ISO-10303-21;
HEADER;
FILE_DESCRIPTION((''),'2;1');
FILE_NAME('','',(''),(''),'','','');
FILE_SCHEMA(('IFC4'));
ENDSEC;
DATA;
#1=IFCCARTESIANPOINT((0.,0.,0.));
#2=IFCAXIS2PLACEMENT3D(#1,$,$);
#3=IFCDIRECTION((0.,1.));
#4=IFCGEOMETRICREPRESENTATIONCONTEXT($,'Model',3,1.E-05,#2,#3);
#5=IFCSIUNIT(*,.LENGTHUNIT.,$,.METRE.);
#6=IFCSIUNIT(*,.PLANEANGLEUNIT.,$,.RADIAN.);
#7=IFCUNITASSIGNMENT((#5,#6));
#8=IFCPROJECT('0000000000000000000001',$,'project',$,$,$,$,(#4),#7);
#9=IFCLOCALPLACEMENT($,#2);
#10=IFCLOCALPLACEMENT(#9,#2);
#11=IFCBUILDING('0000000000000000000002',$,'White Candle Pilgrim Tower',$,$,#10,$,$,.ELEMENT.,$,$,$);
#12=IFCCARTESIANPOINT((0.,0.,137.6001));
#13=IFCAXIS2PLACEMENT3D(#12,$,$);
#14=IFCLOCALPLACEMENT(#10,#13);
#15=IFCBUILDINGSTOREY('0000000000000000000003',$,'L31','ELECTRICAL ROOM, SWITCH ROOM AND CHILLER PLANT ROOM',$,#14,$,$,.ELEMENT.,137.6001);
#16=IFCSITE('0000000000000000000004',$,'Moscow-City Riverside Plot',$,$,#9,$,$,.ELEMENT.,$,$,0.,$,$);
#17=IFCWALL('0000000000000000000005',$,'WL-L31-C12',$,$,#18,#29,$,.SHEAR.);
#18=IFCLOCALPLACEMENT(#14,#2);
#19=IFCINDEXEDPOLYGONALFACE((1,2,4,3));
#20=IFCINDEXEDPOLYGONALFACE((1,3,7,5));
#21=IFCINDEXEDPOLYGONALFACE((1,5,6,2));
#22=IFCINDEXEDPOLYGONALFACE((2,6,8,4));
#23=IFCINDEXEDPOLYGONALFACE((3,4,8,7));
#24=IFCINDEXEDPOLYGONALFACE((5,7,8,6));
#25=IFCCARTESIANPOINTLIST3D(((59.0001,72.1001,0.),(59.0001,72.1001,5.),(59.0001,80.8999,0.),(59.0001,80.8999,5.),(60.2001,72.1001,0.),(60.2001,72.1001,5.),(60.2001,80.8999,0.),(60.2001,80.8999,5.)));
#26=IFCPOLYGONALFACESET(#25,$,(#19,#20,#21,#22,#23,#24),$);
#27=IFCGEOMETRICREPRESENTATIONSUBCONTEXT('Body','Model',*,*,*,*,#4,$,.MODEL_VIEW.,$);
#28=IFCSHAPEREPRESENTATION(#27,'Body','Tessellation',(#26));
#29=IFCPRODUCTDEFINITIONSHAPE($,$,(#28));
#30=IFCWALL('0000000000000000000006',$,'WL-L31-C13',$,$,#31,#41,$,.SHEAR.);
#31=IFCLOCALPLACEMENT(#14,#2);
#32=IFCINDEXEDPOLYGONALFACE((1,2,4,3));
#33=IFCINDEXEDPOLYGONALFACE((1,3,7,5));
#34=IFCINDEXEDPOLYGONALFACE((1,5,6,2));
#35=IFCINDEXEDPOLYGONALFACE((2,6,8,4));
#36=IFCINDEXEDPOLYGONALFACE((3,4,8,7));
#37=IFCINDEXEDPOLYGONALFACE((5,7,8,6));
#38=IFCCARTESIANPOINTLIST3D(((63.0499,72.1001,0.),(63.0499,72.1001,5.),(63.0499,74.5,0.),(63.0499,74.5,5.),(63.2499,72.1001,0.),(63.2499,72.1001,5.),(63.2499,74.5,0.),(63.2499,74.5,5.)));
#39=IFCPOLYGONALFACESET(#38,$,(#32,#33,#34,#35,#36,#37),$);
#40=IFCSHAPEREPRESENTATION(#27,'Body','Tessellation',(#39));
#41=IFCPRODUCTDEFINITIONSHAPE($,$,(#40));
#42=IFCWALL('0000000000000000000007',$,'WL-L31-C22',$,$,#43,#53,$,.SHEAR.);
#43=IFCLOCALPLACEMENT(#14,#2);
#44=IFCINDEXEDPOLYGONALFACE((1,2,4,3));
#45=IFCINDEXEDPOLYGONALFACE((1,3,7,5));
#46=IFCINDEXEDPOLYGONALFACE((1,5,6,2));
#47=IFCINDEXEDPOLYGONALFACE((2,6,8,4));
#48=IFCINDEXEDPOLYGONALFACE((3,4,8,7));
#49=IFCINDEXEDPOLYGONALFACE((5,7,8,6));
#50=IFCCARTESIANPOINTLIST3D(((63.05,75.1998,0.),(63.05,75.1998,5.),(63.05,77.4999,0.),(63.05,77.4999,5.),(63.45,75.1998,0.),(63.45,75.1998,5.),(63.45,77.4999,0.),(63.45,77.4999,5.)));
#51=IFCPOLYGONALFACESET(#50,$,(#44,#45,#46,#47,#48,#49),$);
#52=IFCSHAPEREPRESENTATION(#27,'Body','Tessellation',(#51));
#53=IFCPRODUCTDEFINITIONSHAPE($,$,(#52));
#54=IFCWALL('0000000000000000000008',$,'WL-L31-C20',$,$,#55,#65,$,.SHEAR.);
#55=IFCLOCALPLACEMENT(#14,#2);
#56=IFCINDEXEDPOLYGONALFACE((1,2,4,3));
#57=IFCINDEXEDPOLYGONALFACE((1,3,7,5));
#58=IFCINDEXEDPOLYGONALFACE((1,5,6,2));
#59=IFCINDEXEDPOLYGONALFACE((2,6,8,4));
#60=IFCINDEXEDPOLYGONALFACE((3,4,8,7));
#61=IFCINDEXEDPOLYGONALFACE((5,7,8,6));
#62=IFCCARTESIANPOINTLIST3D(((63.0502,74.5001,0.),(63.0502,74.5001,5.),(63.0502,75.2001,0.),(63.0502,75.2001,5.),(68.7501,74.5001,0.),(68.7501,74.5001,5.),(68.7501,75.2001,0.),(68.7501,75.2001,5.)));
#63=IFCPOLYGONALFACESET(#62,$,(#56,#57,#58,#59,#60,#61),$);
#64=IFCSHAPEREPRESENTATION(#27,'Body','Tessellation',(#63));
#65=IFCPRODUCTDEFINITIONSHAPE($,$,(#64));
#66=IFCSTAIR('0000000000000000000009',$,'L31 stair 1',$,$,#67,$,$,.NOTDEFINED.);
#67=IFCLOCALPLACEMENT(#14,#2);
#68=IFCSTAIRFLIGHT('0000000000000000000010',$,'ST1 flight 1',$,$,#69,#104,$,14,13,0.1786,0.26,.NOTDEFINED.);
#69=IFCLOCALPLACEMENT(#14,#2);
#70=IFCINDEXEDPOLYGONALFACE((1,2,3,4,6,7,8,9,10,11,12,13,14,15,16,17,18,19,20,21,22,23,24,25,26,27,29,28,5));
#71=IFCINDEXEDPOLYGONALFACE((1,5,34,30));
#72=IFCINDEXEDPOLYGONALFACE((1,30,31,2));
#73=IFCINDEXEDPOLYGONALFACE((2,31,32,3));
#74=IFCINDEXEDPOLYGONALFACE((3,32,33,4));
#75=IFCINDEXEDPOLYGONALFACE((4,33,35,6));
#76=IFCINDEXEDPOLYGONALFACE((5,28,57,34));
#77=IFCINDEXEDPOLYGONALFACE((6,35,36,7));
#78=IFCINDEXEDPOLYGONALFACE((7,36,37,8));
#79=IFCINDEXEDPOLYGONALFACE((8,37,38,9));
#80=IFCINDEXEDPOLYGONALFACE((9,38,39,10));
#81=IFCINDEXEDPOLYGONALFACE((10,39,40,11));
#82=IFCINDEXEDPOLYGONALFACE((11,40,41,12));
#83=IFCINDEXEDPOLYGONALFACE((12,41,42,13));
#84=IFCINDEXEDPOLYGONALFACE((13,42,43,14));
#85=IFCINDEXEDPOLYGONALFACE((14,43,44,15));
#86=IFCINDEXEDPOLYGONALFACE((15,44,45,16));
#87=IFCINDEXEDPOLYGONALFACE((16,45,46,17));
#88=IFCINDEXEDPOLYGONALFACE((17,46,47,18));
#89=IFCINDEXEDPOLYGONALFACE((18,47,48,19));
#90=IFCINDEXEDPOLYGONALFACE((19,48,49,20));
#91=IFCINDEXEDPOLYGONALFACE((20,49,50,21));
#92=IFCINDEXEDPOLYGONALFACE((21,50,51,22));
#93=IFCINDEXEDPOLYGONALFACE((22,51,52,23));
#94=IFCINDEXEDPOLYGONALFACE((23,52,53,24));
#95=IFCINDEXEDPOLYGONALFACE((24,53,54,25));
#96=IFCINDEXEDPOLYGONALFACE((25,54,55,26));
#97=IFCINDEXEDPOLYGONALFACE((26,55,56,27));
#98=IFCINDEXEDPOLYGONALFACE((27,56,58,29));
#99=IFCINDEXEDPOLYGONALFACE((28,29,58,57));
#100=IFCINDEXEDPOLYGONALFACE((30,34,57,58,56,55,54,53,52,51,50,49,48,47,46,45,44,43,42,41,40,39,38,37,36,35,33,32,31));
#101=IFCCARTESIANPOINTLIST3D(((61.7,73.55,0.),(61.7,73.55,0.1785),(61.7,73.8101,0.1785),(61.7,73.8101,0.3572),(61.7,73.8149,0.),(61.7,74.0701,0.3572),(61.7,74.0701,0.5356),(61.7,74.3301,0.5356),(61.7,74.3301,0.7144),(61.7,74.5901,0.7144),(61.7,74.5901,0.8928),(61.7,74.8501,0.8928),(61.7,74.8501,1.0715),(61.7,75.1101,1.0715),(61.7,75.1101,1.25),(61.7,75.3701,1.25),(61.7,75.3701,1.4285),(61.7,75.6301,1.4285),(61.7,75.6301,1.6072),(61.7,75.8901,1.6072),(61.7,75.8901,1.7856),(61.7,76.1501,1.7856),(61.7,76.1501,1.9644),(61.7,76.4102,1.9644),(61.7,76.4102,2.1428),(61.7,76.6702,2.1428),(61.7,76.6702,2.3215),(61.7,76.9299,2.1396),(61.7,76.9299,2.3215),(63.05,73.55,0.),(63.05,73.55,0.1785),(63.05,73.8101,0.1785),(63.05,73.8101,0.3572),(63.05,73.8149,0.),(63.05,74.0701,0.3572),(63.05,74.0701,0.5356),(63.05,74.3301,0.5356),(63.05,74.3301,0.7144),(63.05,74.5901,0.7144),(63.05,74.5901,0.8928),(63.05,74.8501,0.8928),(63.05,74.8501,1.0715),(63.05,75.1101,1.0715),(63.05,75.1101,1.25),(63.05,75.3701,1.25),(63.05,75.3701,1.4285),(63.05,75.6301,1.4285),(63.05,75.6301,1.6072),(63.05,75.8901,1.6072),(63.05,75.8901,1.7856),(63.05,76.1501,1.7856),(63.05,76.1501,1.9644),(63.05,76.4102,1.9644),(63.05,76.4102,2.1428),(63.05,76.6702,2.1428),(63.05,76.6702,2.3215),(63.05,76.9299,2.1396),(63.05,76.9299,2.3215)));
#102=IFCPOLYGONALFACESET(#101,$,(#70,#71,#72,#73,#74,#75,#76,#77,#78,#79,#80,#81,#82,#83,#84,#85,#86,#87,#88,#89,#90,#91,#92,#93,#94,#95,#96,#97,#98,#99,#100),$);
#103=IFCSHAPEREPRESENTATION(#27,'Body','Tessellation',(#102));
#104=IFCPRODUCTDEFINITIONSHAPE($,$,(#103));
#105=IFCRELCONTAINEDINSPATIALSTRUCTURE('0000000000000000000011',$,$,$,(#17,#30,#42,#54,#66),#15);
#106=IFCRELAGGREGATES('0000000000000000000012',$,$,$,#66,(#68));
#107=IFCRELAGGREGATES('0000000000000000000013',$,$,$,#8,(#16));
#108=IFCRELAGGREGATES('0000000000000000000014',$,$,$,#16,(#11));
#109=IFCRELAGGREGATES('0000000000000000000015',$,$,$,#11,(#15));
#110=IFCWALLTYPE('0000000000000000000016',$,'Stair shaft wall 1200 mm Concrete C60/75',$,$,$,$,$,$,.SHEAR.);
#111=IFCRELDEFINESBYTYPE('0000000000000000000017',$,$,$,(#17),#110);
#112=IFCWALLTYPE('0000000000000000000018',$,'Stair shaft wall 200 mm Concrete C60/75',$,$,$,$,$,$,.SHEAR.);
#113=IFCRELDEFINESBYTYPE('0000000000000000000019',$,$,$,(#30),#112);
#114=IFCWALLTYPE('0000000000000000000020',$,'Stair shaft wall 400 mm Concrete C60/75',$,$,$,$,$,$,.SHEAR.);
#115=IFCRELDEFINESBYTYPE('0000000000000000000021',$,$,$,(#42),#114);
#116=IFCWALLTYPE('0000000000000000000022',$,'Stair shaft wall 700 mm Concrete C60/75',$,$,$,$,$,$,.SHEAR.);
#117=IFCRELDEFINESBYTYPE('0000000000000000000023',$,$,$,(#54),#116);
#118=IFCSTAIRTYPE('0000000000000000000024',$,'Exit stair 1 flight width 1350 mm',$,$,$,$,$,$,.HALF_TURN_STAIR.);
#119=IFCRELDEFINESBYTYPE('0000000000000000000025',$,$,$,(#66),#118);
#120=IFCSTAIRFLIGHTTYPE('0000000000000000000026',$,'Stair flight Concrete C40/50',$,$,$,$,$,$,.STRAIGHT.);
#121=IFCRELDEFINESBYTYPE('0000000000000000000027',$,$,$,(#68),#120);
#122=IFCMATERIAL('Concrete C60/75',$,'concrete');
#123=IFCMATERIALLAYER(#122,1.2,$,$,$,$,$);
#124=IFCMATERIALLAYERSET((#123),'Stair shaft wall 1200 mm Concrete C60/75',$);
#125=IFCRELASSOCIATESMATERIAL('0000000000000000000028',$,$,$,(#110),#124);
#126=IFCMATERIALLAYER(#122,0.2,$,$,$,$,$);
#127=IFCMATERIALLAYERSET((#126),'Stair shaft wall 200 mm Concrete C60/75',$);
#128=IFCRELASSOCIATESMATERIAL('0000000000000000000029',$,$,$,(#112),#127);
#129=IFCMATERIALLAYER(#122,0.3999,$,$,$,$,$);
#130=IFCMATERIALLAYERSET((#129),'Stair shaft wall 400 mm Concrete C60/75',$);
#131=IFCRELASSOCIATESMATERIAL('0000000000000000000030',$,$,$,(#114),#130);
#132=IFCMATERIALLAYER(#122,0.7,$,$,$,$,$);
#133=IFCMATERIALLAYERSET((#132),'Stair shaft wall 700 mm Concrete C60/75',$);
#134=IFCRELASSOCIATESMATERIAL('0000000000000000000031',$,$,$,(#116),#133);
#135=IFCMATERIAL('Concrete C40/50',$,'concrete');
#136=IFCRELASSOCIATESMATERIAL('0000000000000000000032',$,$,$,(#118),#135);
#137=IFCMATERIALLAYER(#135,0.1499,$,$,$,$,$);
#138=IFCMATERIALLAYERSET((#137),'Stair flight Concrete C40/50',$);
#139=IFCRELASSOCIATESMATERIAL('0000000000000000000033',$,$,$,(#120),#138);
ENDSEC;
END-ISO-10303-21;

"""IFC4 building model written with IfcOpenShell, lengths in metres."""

from ifc_helpers import new_model, si_unit, direction, frame, frame_2d, origin, place, context, subcontext, project, spatial, polyline, rectangle, outline, extrude, material, layer, layer_set, type_object, element, aggregate, save


model = new_model("IFC4")

# Units and contexts
model_context = context("Model", 3, precision=1e-05, world=origin(), true_north=direction((0.0, 1.0)))
body_context = subcontext(model_context, "Body", "Model", "MODEL_VIEW")
ifc_project = project(units=[si_unit("LENGTHUNIT", "METRE"), si_unit("PLANEANGLEUNIT", "RADIAN")], contexts=[model_context])

# Site, building, storey
site_placement = place(None, origin())
site = spatial("IfcSite", under=ifc_project, at=site_placement, Name="Moscow-City Riverside Plot", CompositionType="ELEMENT", RefElevation=0.0)
building_placement = place(site_placement, origin())
building = spatial("IfcBuilding", under=site, at=building_placement, Name="White Candle Pilgrim Tower", CompositionType="ELEMENT")
storey_placement = place(building_placement, frame((0.0, 0.0, 137.6001)))
storey = spatial("IfcBuildingStorey", under=building, at=storey_placement, Name="L31", Description="ELECTRICAL ROOM, SWITCH ROOM AND CHILLER PLANT ROOM", CompositionType="ELEMENT", Elevation=137.6001)

# Shared definitions
ifc_material_1 = material(Name="Concrete C60/75", Category="concrete")

# Walls
ifc_layer_1 = layer(ifc_material_1, 1.2)
ifc_layer_set_1 = layer_set([ifc_layer_1], Name="Stair shaft wall 1200 mm Concrete C60/75")
wall_type_1 = type_object("IfcWallType", Name="Stair shaft wall 1200 mm Concrete C60/75", PredefinedType="SHEAR", material=ifc_layer_set_1)
wall_1_placement = place(storey_placement, frame((59.6001, 72.1001, 0.0), z_axis=(0.0, 0.0, 1.0), x_axis=(0.0, 1.0, 0.0)))
element("IfcWall", 1, at=wall_1_placement, inside=storey, type_object=wall_type_1, Name="WL-L31-C12", PredefinedType="SHEAR", context=body_context, shape_type="SweptSolid", body=[
    extrude(rectangle(XDim=8.7998, YDim=1.2, at=frame_2d((4.3999, 0.0))), origin(), (0.0, 0.0, 1.0), 5.0),
])
ifc_layer_2 = layer(ifc_material_1, 0.2)
ifc_layer_set_2 = layer_set([ifc_layer_2], Name="Stair shaft wall 200 mm Concrete C60/75")
wall_type_2 = type_object("IfcWallType", Name="Stair shaft wall 200 mm Concrete C60/75", PredefinedType="SHEAR", material=ifc_layer_set_2)
wall_2_placement = place(storey_placement, frame((63.1499, 72.1001, 0.0), z_axis=(0.0, 0.0, 1.0), x_axis=(0.0, 1.0, 0.0)))
element("IfcWall", 2, at=wall_2_placement, inside=storey, type_object=wall_type_2, Name="WL-L31-C13", PredefinedType="SHEAR", context=body_context, shape_type="SweptSolid", body=[
    extrude(rectangle(XDim=2.3999, YDim=0.2, at=frame_2d((1.2, 0.0))), origin(), (0.0, 0.0, 1.0), 5.0),
])
ifc_layer_3 = layer(ifc_material_1, 0.3999)
ifc_layer_set_3 = layer_set([ifc_layer_3], Name="Stair shaft wall 400 mm Concrete C60/75")
wall_type_3 = type_object("IfcWallType", Name="Stair shaft wall 400 mm Concrete C60/75", PredefinedType="SHEAR", material=ifc_layer_set_3)
wall_3_placement = place(storey_placement, frame((63.25, 75.2, 0.0), z_axis=(0.0, 0.0, 1.0), x_axis=(0.0, 1.0, 0.0)))
element("IfcWall", 3, at=wall_3_placement, inside=storey, type_object=wall_type_3, Name="WL-L31-C22", PredefinedType="SHEAR", context=body_context, shape_type="SweptSolid", body=[
    extrude(rectangle(XDim=2.3, YDim=0.3999, at=frame_2d((1.1499, 0.0))), origin(), (0.0, 0.0, 1.0), 5.0),
])
ifc_layer_4 = layer(ifc_material_1, 0.7)
ifc_layer_set_4 = layer_set([ifc_layer_4], Name="Stair shaft wall 700 mm Concrete C60/75")
wall_type_4 = type_object("IfcWallType", Name="Stair shaft wall 700 mm Concrete C60/75", PredefinedType="SHEAR", material=ifc_layer_set_4)
wall_4_placement = place(storey_placement, frame((63.05, 74.8501, 0.0), z_axis=(0.0, 0.0, 1.0), x_axis=(1.0, 0.0, 0.0)))
element("IfcWall", 4, at=wall_4_placement, inside=storey, type_object=wall_type_4, Name="WL-L31-C20", PredefinedType="SHEAR", context=body_context, shape_type="SweptSolid", body=[
    extrude(rectangle(XDim=5.7, YDim=0.7, at=frame_2d((2.8501, 0.0))), origin(), (0.0, 0.0, 1.0), 5.0),
])

# Stair, stair flight
ifc_material_2 = material(Name="Concrete C40/50", Category="concrete")
stair_type = type_object("IfcStairType", Name="Exit stair 1 flight width 1350 mm", PredefinedType="HALF_TURN_STAIR", material=ifc_material_2)
stair_placement = place(storey_placement, origin())
stair = element("IfcStair", 5, at=stair_placement, inside=storey, type_object=stair_type, Name="L31 stair 1", PredefinedType="NOTDEFINED")
ifc_layer_5 = layer(ifc_material_2, 0.1499)
ifc_layer_set_5 = layer_set([ifc_layer_5], Name="Stair flight Concrete C40/50")
stair_flight_type = type_object("IfcStairFlightType", Name="Stair flight Concrete C40/50", PredefinedType="STRAIGHT", material=ifc_layer_set_5)
stair_flight_placement = place(storey_placement, frame((62.375, 73.55, 0.0), z_axis=(0.0, 0.0, 1.0), x_axis=(0.0, 1.0, 0.0)))
stair_flight = element("IfcStairFlight", 6, at=stair_flight_placement, type_object=stair_flight_type, Name="ST1 flight 1", NumberOfRisers=14, NumberOfTreads=13, PredefinedType="NOTDEFINED", RiserHeight=0.1786, TreadLength=0.26, context=body_context, shape_type="SweptSolid", body=[
    extrude(outline(polyline([(0.0, 0.0), (0.0, 0.1785), (0.26, 0.1785), (0.26, 0.3572), (0.52, 0.3572), (0.52, 0.5356), (0.78, 0.5356), (0.78, 0.7144), (1.04, 0.7144), (1.04, 0.8928), (1.3, 0.8928), (1.3, 1.0715), (1.5601, 1.0715), (1.5601, 1.25), (1.8201, 1.25), (1.8201, 1.4285), (2.0801, 1.4285), (2.0801, 1.6072), (2.3401, 1.6072), (2.3401, 1.7856), (2.6001, 1.7856), (2.6001, 1.9644), (2.8601, 1.9644), (2.8601, 2.1428), (3.1201, 2.1428), (3.1201, 2.3215), (3.3799, 2.3215), (3.3799, 2.5), (3.3799, 2.1396), (0.2649, 0.0), (0.0, 0.0)])), frame((0.0, 0.675, 0.0), z_axis=(0.0, -1.0, 0.0), x_axis=(1.0, 0.0, 0.0)), (0.0, 0.0, 1.0), 1.3501),
])
aggregate(stair, [stair_flight])

save(model, "model.ifc")
